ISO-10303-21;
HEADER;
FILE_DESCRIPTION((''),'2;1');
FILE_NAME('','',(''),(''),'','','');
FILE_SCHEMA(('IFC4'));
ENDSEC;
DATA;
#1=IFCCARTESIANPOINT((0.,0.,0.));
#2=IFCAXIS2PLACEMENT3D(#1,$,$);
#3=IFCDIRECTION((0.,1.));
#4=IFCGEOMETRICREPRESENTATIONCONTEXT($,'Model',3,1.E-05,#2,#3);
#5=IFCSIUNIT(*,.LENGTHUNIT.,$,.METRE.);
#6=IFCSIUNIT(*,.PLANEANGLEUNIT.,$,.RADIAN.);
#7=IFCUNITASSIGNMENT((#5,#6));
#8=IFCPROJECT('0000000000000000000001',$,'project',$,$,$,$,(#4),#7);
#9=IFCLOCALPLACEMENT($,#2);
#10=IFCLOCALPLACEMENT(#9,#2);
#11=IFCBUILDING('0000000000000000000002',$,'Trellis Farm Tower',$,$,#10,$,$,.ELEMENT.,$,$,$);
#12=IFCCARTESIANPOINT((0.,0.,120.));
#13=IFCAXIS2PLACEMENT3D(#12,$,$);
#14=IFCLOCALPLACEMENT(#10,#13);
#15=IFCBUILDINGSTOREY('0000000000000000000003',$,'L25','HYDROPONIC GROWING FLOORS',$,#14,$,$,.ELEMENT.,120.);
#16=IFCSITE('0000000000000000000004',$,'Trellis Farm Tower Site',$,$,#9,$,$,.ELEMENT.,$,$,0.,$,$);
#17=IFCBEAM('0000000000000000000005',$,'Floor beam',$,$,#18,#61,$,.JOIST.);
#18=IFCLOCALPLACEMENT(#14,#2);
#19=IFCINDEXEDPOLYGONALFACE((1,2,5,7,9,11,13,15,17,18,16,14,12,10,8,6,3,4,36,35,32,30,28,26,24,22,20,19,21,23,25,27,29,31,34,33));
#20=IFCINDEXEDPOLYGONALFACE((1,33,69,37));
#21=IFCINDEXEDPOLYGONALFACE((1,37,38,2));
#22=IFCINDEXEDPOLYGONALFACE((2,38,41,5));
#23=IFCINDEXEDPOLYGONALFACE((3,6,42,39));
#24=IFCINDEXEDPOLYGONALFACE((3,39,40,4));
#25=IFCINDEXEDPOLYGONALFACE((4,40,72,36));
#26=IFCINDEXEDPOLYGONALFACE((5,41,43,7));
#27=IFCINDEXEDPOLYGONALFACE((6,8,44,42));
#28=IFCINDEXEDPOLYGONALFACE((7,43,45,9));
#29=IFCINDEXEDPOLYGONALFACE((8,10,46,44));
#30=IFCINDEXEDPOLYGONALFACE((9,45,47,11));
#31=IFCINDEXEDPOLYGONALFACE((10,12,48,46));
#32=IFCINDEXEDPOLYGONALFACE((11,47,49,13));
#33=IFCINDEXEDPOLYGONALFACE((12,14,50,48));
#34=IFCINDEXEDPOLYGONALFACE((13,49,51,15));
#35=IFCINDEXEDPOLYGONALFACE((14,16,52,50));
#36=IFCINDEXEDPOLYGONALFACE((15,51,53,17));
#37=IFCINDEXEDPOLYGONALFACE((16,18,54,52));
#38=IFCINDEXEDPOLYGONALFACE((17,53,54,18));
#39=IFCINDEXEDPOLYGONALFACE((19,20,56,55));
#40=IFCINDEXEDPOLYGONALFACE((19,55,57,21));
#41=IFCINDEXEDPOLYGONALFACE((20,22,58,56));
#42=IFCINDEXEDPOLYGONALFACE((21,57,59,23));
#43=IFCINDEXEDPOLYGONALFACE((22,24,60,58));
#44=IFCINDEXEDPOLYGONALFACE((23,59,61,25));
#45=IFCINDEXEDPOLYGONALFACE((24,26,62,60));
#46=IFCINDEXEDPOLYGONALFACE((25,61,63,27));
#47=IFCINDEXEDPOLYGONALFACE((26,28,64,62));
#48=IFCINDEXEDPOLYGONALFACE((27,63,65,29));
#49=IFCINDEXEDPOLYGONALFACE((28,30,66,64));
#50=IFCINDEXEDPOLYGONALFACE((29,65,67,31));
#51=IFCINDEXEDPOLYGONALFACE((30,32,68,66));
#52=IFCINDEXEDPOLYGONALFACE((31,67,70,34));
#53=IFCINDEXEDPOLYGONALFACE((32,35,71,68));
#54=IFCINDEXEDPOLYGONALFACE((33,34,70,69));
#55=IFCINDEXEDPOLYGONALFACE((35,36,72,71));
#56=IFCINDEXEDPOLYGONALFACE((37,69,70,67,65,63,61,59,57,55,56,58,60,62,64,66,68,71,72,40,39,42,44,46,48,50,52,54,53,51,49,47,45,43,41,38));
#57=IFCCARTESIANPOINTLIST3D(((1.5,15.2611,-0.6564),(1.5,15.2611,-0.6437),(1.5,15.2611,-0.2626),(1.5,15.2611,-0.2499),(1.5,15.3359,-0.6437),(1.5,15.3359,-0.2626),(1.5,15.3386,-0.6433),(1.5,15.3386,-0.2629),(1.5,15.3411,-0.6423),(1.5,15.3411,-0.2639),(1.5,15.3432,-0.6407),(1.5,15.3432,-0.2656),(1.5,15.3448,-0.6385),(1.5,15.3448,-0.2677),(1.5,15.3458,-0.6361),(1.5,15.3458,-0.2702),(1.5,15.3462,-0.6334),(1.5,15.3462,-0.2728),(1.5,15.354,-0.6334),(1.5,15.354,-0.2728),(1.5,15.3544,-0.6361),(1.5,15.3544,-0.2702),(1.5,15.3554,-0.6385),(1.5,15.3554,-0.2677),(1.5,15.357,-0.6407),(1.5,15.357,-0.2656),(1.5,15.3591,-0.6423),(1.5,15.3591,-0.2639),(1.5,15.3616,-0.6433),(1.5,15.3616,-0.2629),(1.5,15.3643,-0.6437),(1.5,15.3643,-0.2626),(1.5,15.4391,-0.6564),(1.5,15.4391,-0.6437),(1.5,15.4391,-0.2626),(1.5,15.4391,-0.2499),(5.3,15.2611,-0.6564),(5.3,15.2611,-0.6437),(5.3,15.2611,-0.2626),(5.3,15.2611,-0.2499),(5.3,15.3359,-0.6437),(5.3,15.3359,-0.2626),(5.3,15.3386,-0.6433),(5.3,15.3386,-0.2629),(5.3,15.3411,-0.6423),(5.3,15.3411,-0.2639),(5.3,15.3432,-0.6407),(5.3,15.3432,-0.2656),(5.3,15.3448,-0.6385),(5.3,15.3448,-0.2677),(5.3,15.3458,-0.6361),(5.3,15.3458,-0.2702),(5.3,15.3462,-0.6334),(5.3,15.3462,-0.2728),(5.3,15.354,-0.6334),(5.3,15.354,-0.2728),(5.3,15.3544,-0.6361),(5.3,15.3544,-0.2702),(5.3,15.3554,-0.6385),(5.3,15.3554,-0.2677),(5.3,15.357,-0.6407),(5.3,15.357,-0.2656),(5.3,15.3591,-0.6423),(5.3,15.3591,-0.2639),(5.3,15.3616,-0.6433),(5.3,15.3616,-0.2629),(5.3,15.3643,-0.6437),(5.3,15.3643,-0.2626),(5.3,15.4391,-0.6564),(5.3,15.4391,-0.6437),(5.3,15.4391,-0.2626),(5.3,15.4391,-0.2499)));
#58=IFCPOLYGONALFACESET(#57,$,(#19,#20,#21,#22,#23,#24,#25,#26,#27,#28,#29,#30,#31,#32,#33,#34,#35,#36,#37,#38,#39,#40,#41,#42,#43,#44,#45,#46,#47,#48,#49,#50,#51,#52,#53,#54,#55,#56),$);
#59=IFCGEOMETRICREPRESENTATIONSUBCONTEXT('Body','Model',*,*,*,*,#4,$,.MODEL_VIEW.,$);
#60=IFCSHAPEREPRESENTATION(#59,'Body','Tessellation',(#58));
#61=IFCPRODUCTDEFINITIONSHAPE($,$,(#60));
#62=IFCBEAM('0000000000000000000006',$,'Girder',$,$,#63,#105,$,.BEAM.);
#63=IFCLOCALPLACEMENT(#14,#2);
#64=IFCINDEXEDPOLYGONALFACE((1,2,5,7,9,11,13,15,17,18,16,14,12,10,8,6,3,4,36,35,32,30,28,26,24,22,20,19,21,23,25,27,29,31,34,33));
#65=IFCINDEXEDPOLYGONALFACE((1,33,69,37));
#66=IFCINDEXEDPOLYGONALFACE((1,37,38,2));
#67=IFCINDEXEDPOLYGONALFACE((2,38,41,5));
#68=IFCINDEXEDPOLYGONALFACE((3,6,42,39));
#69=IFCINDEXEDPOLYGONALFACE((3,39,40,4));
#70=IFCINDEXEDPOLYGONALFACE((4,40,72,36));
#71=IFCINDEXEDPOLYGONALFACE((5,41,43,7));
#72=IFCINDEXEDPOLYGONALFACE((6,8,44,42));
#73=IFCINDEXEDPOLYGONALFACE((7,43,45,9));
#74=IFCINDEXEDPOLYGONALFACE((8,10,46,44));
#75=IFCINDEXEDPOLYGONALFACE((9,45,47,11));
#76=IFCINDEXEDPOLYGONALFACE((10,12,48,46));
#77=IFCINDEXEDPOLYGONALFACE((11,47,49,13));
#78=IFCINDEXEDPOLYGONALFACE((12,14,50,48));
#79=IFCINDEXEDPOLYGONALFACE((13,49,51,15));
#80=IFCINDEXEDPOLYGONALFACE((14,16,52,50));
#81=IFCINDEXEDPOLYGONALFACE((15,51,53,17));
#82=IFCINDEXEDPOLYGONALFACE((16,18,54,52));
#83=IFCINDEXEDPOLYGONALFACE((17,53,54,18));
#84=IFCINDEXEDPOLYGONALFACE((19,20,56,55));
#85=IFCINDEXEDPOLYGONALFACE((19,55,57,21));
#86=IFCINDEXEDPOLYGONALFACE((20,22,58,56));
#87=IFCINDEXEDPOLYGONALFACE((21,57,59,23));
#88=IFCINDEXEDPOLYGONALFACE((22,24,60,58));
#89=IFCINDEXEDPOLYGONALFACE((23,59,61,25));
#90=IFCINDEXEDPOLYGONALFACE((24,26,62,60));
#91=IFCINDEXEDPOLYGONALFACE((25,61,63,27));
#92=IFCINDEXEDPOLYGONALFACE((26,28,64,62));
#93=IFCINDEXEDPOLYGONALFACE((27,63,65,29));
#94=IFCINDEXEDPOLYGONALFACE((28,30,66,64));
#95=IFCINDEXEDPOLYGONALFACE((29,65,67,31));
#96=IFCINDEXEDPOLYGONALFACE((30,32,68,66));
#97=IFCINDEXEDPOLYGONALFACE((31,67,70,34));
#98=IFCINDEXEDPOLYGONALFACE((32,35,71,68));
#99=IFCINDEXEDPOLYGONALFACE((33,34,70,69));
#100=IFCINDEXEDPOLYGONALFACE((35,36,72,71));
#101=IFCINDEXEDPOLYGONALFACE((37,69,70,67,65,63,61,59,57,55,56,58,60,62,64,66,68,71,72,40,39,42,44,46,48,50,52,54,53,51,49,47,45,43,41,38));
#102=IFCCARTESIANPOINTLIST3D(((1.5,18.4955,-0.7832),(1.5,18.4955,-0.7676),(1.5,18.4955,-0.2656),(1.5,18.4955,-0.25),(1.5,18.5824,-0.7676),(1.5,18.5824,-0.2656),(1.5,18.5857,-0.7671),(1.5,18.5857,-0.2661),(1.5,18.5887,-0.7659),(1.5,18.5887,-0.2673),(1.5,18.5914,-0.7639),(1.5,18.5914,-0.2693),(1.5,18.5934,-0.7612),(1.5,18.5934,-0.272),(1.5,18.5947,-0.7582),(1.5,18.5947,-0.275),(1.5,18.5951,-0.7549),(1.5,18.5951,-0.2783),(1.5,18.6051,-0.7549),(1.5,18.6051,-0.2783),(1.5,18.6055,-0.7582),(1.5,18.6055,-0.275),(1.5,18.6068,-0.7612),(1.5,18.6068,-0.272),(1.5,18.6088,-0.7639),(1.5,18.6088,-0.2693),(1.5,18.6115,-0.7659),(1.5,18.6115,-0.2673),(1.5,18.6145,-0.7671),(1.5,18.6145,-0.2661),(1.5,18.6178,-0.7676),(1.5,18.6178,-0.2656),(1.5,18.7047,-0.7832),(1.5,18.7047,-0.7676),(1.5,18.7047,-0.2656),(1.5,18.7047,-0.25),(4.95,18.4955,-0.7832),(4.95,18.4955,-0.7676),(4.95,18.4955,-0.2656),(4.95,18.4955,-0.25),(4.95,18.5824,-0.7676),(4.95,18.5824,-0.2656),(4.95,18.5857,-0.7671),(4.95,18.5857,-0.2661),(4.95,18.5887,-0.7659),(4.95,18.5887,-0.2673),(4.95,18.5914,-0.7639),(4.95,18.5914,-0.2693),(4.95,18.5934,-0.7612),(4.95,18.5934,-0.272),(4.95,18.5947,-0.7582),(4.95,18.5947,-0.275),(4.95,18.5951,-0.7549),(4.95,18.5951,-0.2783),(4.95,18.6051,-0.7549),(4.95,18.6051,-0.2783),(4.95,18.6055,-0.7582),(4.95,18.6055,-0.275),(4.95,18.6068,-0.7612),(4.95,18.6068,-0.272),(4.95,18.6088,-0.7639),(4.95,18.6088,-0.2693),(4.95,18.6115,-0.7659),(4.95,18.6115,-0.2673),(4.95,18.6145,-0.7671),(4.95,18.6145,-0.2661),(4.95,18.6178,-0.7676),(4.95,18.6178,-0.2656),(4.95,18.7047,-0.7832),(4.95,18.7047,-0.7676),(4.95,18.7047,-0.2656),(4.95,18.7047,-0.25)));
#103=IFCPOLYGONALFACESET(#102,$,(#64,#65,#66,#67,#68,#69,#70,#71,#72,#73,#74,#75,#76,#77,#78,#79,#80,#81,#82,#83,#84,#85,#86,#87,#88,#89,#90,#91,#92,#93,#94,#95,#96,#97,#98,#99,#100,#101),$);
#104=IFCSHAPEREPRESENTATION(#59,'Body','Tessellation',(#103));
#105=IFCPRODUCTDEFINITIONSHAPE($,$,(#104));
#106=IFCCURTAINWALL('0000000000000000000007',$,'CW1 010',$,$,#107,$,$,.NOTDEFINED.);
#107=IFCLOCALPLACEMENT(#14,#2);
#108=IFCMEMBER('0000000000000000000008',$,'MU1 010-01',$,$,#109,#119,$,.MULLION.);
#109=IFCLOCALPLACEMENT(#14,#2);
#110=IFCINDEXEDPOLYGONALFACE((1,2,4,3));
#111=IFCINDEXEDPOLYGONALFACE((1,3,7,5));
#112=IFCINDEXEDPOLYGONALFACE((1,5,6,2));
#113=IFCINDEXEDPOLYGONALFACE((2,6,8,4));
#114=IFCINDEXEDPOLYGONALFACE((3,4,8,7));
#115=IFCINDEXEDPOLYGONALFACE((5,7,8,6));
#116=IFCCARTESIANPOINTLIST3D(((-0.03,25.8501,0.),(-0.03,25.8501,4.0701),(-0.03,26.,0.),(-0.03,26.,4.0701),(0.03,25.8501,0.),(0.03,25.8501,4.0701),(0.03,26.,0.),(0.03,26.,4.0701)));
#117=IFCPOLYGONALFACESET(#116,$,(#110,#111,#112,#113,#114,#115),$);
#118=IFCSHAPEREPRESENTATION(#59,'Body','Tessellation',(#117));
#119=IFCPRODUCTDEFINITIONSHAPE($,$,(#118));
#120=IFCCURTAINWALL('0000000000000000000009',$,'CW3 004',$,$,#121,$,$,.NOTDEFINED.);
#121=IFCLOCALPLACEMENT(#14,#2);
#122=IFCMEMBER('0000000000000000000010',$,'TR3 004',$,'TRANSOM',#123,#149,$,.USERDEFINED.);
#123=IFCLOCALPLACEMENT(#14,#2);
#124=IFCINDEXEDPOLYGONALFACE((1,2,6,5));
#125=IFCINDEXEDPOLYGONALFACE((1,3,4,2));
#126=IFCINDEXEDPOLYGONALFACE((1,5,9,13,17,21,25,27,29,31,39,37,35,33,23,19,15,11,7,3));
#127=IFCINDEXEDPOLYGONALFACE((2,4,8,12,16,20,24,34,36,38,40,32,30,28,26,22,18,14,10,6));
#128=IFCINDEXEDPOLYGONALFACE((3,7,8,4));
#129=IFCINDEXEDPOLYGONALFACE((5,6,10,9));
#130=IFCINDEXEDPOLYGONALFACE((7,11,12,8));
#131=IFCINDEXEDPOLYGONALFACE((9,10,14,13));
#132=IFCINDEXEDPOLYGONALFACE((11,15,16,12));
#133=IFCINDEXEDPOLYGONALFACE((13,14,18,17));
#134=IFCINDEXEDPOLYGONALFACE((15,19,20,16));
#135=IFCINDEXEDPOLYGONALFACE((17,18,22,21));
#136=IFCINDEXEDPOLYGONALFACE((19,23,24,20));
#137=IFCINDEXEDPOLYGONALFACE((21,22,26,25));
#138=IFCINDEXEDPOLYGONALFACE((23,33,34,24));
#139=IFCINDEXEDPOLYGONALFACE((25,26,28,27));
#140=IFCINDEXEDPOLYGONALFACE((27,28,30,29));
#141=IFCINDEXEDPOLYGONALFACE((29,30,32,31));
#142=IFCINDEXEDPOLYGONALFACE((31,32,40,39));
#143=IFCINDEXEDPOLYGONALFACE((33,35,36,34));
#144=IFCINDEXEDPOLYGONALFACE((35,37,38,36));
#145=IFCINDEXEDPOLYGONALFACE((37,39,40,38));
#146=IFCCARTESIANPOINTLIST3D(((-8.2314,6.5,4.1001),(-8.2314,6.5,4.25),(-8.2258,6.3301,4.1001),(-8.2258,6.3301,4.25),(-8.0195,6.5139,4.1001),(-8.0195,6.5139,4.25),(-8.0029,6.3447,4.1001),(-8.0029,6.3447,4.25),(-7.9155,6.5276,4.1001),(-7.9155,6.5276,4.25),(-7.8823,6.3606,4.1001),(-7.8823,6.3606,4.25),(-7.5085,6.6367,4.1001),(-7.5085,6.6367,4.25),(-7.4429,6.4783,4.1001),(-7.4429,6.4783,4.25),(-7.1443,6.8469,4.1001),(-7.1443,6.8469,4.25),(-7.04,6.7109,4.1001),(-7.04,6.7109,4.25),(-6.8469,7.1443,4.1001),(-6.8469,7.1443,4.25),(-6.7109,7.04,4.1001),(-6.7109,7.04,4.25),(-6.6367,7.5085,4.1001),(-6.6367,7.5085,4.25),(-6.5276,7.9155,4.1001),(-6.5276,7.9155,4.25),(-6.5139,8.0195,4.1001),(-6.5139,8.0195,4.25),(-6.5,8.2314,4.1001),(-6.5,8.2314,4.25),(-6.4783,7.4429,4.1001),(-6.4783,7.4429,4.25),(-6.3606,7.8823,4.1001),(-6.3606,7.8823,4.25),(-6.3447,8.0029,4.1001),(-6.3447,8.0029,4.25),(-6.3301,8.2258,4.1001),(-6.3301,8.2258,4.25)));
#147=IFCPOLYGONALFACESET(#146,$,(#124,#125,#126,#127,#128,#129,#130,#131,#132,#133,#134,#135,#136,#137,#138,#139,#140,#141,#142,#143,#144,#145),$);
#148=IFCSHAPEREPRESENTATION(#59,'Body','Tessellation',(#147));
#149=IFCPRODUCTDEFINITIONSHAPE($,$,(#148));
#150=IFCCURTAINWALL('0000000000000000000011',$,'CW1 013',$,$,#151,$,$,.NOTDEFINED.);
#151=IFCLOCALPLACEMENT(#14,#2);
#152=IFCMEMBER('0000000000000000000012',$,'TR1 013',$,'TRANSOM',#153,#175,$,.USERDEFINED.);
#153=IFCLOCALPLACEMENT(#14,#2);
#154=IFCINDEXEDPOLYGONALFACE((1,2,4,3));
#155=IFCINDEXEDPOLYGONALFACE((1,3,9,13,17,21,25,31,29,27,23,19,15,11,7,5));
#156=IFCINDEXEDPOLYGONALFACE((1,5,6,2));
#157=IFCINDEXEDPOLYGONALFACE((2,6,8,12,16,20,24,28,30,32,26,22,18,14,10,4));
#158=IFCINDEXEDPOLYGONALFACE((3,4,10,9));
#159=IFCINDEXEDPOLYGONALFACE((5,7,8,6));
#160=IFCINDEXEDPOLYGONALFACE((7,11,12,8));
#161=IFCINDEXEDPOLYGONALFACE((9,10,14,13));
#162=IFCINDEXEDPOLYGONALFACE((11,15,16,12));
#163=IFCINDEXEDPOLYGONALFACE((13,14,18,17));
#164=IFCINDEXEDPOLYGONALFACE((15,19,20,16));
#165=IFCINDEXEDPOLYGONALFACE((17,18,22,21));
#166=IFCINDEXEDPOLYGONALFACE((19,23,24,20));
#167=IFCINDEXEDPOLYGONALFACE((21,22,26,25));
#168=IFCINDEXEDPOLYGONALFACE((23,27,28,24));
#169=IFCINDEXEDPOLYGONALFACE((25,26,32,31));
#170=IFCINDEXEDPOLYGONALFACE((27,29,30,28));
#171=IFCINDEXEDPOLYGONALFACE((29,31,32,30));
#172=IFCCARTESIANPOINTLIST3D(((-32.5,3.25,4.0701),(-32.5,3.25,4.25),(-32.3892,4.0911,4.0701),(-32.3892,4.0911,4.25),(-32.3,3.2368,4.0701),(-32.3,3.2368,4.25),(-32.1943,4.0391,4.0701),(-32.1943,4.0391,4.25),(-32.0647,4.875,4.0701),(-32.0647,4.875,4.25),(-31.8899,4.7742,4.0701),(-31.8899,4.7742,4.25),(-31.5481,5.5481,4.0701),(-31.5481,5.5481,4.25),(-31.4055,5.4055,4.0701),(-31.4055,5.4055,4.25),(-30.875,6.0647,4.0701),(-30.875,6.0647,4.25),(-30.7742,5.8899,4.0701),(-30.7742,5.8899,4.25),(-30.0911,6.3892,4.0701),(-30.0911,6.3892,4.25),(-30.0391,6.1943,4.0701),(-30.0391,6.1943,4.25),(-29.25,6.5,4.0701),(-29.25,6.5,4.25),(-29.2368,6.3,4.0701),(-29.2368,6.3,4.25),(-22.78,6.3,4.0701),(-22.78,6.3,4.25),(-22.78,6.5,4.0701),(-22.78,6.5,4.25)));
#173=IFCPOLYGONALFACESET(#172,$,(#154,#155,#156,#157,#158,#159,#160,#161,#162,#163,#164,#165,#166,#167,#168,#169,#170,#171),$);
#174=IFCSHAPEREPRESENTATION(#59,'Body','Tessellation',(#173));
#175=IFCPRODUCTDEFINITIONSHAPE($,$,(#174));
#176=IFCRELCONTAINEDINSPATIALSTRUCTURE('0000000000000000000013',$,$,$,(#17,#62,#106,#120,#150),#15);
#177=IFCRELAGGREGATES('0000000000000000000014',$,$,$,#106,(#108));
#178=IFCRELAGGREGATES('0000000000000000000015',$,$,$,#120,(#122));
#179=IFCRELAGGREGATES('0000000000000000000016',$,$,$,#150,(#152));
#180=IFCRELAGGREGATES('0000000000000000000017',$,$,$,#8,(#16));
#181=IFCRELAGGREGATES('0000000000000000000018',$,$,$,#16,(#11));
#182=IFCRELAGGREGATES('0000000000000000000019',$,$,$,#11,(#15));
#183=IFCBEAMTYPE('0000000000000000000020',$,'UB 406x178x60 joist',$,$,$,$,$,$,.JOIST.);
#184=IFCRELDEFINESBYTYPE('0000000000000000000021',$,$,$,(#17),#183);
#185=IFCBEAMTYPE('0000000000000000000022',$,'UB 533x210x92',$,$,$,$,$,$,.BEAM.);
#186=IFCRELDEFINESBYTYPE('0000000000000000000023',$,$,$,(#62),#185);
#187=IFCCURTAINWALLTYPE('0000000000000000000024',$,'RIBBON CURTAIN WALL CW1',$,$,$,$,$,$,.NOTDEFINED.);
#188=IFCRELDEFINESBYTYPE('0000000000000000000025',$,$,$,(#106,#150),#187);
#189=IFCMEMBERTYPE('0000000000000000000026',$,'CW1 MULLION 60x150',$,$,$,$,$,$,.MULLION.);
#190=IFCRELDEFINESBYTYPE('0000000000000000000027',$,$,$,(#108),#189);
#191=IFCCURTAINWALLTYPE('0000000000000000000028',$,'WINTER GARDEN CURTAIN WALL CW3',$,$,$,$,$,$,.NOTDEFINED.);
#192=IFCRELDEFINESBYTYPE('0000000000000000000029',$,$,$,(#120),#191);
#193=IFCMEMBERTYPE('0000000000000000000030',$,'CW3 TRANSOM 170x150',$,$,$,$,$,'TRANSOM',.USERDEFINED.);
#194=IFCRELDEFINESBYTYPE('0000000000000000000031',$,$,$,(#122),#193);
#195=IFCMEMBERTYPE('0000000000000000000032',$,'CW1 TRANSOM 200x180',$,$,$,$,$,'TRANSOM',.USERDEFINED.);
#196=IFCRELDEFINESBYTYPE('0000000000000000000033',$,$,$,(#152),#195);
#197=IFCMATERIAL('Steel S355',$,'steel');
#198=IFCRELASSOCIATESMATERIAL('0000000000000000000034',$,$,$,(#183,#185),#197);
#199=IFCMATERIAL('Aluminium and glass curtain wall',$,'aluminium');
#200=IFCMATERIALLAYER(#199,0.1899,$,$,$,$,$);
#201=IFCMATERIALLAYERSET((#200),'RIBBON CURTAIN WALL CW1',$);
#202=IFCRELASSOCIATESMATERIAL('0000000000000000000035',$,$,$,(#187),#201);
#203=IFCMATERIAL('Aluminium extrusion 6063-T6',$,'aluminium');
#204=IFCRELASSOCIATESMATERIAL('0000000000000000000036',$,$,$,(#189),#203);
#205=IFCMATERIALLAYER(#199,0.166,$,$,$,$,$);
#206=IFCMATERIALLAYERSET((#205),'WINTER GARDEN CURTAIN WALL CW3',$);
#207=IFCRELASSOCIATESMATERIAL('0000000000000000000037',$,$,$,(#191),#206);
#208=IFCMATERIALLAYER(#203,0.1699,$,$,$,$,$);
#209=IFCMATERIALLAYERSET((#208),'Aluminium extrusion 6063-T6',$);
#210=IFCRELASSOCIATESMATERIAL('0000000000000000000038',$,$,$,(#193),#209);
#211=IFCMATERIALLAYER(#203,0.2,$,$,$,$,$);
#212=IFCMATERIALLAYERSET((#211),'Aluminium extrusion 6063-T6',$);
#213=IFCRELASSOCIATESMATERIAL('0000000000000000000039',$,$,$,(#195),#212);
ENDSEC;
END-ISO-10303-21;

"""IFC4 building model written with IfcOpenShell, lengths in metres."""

from ifc_helpers import new_model, si_unit, direction, frame, origin, origin_2d, place, context, subcontext, project, spatial, polyline, rectangle, i_section, outline, extrude, source, transform, mapped, material, layer, layer_set, material_profile, profile_set, type_object, element, aggregate, save


model = new_model("IFC4")

# Units and contexts
model_context = context("Model", 3, precision=1e-05, world=origin(), true_north=direction((0.0, 1.0)))
body_context = subcontext(model_context, "Body", "Model", "MODEL_VIEW")
ifc_project = project(units=[si_unit("LENGTHUNIT", "METRE"), si_unit("PLANEANGLEUNIT", "RADIAN")], contexts=[model_context])

# Site, building, storey
site_placement = place(None, origin())
site = spatial("IfcSite", under=ifc_project, at=site_placement, Name="Trellis Farm Tower Site", CompositionType="ELEMENT", RefElevation=0.0)
building_placement = place(site_placement, origin())
building = spatial("IfcBuilding", under=site, at=building_placement, Name="Trellis Farm Tower", CompositionType="ELEMENT")
storey_placement = place(building_placement, frame((0.0, 0.0, 120.0)))
storey = spatial("IfcBuildingStorey", under=building, at=storey_placement, Name="L25", Description="HYDROPONIC GROWING FLOORS", CompositionType="ELEMENT", Elevation=120.0)

# Beams
ifc_material_1 = material(Name="Steel S355", Category="steel")
ifc_material_profile_1 = material_profile(ifc_material_1, i_section(OverallWidth=0.178, OverallDepth=0.4065, WebThickness=0.0078, FlangeThickness=0.0127, FilletRadius=0.0103, at=origin_2d()), Name="UB 406x178x60")
ifc_profile_set_1 = profile_set([ifc_material_profile_1], Name="Steel S355")
beam_type_1 = type_object("IfcBeamType", Name="UB 406x178x60 joist", PredefinedType="JOIST", material=ifc_profile_set_1)
shared_shape_1 = source(origin(), body_context, "Body", "SweptSolid", [
    extrude(i_section(OverallWidth=0.178, OverallDepth=0.4065, WebThickness=0.0078, FlangeThickness=0.0127, FilletRadius=0.0103, at=origin_2d()), origin(), (0.0, 0.0, 1.0), 3.8),
])
beam_1_placement = place(storey_placement, frame((1.5, 15.3501, -0.4531), z_axis=(1.0, 0.0, 0.0), x_axis=(0.0, 1.0, 0.0)))
element("IfcBeam", 1, at=beam_1_placement, inside=storey, type_object=beam_type_1, Name="Floor beam", PredefinedType="JOIST", context=body_context, shape_type="MappedRepresentation", body=[
    mapped(shared_shape_1, transform((0.0, 0.0, 0.0))),
])
ifc_material_profile_2 = material_profile(ifc_material_1, i_section(OverallWidth=0.2092, OverallDepth=0.5332, WebThickness=0.01, FlangeThickness=0.0156, FilletRadius=0.0127, at=origin_2d()), Name="UB 533x210x92")
ifc_profile_set_2 = profile_set([ifc_material_profile_2], Name="Steel S355")
beam_type_2 = type_object("IfcBeamType", Name="UB 533x210x92", PredefinedType="BEAM", material=ifc_profile_set_2)
shared_shape_2 = source(origin(), body_context, "Body", "SweptSolid", [
    extrude(i_section(OverallWidth=0.2092, OverallDepth=0.5332, WebThickness=0.01, FlangeThickness=0.0156, FilletRadius=0.0127, at=origin_2d()), origin(), (0.0, 0.0, 1.0), 3.45),
])
beam_2_placement = place(storey_placement, frame((1.5, 18.6001, -0.5166), z_axis=(1.0, 0.0, 0.0), x_axis=(0.0, 1.0, 0.0)))
element("IfcBeam", 2, at=beam_2_placement, inside=storey, type_object=beam_type_2, Name="Girder", PredefinedType="BEAM", context=body_context, shape_type="MappedRepresentation", body=[
    mapped(shared_shape_2, transform((0.0, 0.0, 0.0))),
])

# Curtain walls, members
ifc_material_2 = material(Name="Aluminium and glass curtain wall", Category="aluminium")
ifc_layer_1 = layer(ifc_material_2, 0.1899)
ifc_layer_set_1 = layer_set([ifc_layer_1], Name="RIBBON CURTAIN WALL CW1")
curtain_wall_type_1 = type_object("IfcCurtainWallType", Name="RIBBON CURTAIN WALL CW1", PredefinedType="NOTDEFINED", material=ifc_layer_set_1)
placement_1 = place(storey_placement, origin())
curtain_wall_1 = element("IfcCurtainWall", 3, at=placement_1, inside=storey, type_object=curtain_wall_type_1, Name="CW1 010", PredefinedType="NOTDEFINED")
ifc_material_3 = material(Name="Aluminium extrusion 6063-T6", Category="aluminium")
ifc_material_profile_3 = material_profile(ifc_material_3, rectangle(XDim=0.0601, YDim=0.1499, at=origin_2d()), Name="MULLION 60x150")
ifc_profile_set_3 = profile_set([ifc_material_profile_3], Name="Aluminium extrusion 6063-T6")
member_type_1 = type_object("IfcMemberType", Name="CW1 MULLION 60x150", PredefinedType="MULLION", material=ifc_profile_set_3)
shared_shape_3 = source(origin(), body_context, "Body", "SweptSolid", [
    extrude(rectangle(XDim=0.0601, YDim=0.1499, at=origin_2d()), origin(), (0.0, 0.0, 1.0), 4.0701),
])
member_1_placement = place(storey_placement, frame((0.0, 25.925, 0.0), z_axis=(0.0, 0.0, 1.0), x_axis=(-1.0, 0.0, 0.0)))
member_1 = element("IfcMember", 4, at=member_1_placement, type_object=member_type_1, Name="MU1 010-01", PredefinedType="MULLION", context=body_context, shape_type="MappedRepresentation", body=[
    mapped(shared_shape_3, transform((0.0, 0.0, 0.0))),
])
ifc_layer_2 = layer(ifc_material_2, 0.166)
ifc_layer_set_2 = layer_set([ifc_layer_2], Name="WINTER GARDEN CURTAIN WALL CW3")
curtain_wall_type_2 = type_object("IfcCurtainWallType", Name="WINTER GARDEN CURTAIN WALL CW3", PredefinedType="NOTDEFINED", material=ifc_layer_set_2)
curtain_wall_2 = element("IfcCurtainWall", 5, at=placement_1, inside=storey, type_object=curtain_wall_type_2, Name="CW3 004", PredefinedType="NOTDEFINED")
ifc_layer_3 = layer(ifc_material_3, 0.1699)
ifc_layer_set_3 = layer_set([ifc_layer_3], Name="Aluminium extrusion 6063-T6")
member_type_2 = type_object("IfcMemberType", Name="CW3 TRANSOM 170x150", ElementType="TRANSOM", PredefinedType="USERDEFINED", material=ifc_layer_set_3)
shared_shape_4 = source(origin(), body_context, "Body", "SweptSolid", [
    extrude(outline(polyline([(-6.5, 8.2314), (-6.5139, 8.0195), (-6.5276, 7.9155), (-6.6367, 7.5085), (-6.8469, 7.1443), (-7.1443, 6.8469), (-7.5085, 6.6367), (-7.9155, 6.5276), (-8.0195, 6.5139), (-8.2314, 6.5), (-8.2258, 6.3301), (-8.0029, 6.3447), (-7.8823, 6.3606), (-7.4429, 6.4783), (-7.04, 6.7109), (-6.7109, 7.04), (-6.4783, 7.4429), (-6.3606, 7.8823), (-6.3447, 8.0029), (-6.3301, 8.2258), (-6.5, 8.2314)])), origin(), (0.0, 0.0, 1.0), 0.1499),
])
member_2_placement = place(storey_placement, frame((0.0, 0.0, 4.1001)))
member_2 = element("IfcMember", 6, at=member_2_placement, type_object=member_type_2, Name="TR3 004", ObjectType="TRANSOM", PredefinedType="USERDEFINED", context=body_context, shape_type="MappedRepresentation", body=[
    mapped(shared_shape_4, transform((0.0, 0.0, 0.0))),
])
curtain_wall_3 = element("IfcCurtainWall", 7, at=placement_1, inside=storey, type_object=curtain_wall_type_1, Name="CW1 013", PredefinedType="NOTDEFINED")
ifc_layer_4 = layer(ifc_material_3, 0.2)
ifc_layer_set_4 = layer_set([ifc_layer_4], Name="Aluminium extrusion 6063-T6")
member_type_3 = type_object("IfcMemberType", Name="CW1 TRANSOM 200x180", ElementType="TRANSOM", PredefinedType="USERDEFINED", material=ifc_layer_set_4)
shared_shape_5 = source(origin(), body_context, "Body", "SweptSolid", [
    extrude(outline(polyline([(-22.78, 6.5), (-29.25, 6.5), (-30.0911, 6.3892), (-30.875, 6.0647), (-31.5481, 5.5481), (-32.0647, 4.875), (-32.3892, 4.0911), (-32.5, 3.25), (-32.3, 3.2368), (-32.1943, 4.0391), (-31.8899, 4.7742), (-31.4055, 5.4055), (-30.7742, 5.8899), (-30.0391, 6.1943), (-29.2368, 6.3), (-22.78, 6.3), (-22.78, 6.5)])), origin(), (0.0, 0.0, 1.0), 0.1799),
])
placement_2 = place(storey_placement, frame((0.0, 0.0, 4.0701)))
member_3 = element("IfcMember", 8, at=placement_2, type_object=member_type_3, Name="TR1 013", ObjectType="TRANSOM", PredefinedType="USERDEFINED", context=body_context, shape_type="MappedRepresentation", body=[
    mapped(shared_shape_5, transform((0.0, 0.0, 0.0))),
])

aggregate(curtain_wall_1, [member_1])

aggregate(curtain_wall_2, [member_2])
aggregate(curtain_wall_3, [member_3])

save(model, "model.ifc")
